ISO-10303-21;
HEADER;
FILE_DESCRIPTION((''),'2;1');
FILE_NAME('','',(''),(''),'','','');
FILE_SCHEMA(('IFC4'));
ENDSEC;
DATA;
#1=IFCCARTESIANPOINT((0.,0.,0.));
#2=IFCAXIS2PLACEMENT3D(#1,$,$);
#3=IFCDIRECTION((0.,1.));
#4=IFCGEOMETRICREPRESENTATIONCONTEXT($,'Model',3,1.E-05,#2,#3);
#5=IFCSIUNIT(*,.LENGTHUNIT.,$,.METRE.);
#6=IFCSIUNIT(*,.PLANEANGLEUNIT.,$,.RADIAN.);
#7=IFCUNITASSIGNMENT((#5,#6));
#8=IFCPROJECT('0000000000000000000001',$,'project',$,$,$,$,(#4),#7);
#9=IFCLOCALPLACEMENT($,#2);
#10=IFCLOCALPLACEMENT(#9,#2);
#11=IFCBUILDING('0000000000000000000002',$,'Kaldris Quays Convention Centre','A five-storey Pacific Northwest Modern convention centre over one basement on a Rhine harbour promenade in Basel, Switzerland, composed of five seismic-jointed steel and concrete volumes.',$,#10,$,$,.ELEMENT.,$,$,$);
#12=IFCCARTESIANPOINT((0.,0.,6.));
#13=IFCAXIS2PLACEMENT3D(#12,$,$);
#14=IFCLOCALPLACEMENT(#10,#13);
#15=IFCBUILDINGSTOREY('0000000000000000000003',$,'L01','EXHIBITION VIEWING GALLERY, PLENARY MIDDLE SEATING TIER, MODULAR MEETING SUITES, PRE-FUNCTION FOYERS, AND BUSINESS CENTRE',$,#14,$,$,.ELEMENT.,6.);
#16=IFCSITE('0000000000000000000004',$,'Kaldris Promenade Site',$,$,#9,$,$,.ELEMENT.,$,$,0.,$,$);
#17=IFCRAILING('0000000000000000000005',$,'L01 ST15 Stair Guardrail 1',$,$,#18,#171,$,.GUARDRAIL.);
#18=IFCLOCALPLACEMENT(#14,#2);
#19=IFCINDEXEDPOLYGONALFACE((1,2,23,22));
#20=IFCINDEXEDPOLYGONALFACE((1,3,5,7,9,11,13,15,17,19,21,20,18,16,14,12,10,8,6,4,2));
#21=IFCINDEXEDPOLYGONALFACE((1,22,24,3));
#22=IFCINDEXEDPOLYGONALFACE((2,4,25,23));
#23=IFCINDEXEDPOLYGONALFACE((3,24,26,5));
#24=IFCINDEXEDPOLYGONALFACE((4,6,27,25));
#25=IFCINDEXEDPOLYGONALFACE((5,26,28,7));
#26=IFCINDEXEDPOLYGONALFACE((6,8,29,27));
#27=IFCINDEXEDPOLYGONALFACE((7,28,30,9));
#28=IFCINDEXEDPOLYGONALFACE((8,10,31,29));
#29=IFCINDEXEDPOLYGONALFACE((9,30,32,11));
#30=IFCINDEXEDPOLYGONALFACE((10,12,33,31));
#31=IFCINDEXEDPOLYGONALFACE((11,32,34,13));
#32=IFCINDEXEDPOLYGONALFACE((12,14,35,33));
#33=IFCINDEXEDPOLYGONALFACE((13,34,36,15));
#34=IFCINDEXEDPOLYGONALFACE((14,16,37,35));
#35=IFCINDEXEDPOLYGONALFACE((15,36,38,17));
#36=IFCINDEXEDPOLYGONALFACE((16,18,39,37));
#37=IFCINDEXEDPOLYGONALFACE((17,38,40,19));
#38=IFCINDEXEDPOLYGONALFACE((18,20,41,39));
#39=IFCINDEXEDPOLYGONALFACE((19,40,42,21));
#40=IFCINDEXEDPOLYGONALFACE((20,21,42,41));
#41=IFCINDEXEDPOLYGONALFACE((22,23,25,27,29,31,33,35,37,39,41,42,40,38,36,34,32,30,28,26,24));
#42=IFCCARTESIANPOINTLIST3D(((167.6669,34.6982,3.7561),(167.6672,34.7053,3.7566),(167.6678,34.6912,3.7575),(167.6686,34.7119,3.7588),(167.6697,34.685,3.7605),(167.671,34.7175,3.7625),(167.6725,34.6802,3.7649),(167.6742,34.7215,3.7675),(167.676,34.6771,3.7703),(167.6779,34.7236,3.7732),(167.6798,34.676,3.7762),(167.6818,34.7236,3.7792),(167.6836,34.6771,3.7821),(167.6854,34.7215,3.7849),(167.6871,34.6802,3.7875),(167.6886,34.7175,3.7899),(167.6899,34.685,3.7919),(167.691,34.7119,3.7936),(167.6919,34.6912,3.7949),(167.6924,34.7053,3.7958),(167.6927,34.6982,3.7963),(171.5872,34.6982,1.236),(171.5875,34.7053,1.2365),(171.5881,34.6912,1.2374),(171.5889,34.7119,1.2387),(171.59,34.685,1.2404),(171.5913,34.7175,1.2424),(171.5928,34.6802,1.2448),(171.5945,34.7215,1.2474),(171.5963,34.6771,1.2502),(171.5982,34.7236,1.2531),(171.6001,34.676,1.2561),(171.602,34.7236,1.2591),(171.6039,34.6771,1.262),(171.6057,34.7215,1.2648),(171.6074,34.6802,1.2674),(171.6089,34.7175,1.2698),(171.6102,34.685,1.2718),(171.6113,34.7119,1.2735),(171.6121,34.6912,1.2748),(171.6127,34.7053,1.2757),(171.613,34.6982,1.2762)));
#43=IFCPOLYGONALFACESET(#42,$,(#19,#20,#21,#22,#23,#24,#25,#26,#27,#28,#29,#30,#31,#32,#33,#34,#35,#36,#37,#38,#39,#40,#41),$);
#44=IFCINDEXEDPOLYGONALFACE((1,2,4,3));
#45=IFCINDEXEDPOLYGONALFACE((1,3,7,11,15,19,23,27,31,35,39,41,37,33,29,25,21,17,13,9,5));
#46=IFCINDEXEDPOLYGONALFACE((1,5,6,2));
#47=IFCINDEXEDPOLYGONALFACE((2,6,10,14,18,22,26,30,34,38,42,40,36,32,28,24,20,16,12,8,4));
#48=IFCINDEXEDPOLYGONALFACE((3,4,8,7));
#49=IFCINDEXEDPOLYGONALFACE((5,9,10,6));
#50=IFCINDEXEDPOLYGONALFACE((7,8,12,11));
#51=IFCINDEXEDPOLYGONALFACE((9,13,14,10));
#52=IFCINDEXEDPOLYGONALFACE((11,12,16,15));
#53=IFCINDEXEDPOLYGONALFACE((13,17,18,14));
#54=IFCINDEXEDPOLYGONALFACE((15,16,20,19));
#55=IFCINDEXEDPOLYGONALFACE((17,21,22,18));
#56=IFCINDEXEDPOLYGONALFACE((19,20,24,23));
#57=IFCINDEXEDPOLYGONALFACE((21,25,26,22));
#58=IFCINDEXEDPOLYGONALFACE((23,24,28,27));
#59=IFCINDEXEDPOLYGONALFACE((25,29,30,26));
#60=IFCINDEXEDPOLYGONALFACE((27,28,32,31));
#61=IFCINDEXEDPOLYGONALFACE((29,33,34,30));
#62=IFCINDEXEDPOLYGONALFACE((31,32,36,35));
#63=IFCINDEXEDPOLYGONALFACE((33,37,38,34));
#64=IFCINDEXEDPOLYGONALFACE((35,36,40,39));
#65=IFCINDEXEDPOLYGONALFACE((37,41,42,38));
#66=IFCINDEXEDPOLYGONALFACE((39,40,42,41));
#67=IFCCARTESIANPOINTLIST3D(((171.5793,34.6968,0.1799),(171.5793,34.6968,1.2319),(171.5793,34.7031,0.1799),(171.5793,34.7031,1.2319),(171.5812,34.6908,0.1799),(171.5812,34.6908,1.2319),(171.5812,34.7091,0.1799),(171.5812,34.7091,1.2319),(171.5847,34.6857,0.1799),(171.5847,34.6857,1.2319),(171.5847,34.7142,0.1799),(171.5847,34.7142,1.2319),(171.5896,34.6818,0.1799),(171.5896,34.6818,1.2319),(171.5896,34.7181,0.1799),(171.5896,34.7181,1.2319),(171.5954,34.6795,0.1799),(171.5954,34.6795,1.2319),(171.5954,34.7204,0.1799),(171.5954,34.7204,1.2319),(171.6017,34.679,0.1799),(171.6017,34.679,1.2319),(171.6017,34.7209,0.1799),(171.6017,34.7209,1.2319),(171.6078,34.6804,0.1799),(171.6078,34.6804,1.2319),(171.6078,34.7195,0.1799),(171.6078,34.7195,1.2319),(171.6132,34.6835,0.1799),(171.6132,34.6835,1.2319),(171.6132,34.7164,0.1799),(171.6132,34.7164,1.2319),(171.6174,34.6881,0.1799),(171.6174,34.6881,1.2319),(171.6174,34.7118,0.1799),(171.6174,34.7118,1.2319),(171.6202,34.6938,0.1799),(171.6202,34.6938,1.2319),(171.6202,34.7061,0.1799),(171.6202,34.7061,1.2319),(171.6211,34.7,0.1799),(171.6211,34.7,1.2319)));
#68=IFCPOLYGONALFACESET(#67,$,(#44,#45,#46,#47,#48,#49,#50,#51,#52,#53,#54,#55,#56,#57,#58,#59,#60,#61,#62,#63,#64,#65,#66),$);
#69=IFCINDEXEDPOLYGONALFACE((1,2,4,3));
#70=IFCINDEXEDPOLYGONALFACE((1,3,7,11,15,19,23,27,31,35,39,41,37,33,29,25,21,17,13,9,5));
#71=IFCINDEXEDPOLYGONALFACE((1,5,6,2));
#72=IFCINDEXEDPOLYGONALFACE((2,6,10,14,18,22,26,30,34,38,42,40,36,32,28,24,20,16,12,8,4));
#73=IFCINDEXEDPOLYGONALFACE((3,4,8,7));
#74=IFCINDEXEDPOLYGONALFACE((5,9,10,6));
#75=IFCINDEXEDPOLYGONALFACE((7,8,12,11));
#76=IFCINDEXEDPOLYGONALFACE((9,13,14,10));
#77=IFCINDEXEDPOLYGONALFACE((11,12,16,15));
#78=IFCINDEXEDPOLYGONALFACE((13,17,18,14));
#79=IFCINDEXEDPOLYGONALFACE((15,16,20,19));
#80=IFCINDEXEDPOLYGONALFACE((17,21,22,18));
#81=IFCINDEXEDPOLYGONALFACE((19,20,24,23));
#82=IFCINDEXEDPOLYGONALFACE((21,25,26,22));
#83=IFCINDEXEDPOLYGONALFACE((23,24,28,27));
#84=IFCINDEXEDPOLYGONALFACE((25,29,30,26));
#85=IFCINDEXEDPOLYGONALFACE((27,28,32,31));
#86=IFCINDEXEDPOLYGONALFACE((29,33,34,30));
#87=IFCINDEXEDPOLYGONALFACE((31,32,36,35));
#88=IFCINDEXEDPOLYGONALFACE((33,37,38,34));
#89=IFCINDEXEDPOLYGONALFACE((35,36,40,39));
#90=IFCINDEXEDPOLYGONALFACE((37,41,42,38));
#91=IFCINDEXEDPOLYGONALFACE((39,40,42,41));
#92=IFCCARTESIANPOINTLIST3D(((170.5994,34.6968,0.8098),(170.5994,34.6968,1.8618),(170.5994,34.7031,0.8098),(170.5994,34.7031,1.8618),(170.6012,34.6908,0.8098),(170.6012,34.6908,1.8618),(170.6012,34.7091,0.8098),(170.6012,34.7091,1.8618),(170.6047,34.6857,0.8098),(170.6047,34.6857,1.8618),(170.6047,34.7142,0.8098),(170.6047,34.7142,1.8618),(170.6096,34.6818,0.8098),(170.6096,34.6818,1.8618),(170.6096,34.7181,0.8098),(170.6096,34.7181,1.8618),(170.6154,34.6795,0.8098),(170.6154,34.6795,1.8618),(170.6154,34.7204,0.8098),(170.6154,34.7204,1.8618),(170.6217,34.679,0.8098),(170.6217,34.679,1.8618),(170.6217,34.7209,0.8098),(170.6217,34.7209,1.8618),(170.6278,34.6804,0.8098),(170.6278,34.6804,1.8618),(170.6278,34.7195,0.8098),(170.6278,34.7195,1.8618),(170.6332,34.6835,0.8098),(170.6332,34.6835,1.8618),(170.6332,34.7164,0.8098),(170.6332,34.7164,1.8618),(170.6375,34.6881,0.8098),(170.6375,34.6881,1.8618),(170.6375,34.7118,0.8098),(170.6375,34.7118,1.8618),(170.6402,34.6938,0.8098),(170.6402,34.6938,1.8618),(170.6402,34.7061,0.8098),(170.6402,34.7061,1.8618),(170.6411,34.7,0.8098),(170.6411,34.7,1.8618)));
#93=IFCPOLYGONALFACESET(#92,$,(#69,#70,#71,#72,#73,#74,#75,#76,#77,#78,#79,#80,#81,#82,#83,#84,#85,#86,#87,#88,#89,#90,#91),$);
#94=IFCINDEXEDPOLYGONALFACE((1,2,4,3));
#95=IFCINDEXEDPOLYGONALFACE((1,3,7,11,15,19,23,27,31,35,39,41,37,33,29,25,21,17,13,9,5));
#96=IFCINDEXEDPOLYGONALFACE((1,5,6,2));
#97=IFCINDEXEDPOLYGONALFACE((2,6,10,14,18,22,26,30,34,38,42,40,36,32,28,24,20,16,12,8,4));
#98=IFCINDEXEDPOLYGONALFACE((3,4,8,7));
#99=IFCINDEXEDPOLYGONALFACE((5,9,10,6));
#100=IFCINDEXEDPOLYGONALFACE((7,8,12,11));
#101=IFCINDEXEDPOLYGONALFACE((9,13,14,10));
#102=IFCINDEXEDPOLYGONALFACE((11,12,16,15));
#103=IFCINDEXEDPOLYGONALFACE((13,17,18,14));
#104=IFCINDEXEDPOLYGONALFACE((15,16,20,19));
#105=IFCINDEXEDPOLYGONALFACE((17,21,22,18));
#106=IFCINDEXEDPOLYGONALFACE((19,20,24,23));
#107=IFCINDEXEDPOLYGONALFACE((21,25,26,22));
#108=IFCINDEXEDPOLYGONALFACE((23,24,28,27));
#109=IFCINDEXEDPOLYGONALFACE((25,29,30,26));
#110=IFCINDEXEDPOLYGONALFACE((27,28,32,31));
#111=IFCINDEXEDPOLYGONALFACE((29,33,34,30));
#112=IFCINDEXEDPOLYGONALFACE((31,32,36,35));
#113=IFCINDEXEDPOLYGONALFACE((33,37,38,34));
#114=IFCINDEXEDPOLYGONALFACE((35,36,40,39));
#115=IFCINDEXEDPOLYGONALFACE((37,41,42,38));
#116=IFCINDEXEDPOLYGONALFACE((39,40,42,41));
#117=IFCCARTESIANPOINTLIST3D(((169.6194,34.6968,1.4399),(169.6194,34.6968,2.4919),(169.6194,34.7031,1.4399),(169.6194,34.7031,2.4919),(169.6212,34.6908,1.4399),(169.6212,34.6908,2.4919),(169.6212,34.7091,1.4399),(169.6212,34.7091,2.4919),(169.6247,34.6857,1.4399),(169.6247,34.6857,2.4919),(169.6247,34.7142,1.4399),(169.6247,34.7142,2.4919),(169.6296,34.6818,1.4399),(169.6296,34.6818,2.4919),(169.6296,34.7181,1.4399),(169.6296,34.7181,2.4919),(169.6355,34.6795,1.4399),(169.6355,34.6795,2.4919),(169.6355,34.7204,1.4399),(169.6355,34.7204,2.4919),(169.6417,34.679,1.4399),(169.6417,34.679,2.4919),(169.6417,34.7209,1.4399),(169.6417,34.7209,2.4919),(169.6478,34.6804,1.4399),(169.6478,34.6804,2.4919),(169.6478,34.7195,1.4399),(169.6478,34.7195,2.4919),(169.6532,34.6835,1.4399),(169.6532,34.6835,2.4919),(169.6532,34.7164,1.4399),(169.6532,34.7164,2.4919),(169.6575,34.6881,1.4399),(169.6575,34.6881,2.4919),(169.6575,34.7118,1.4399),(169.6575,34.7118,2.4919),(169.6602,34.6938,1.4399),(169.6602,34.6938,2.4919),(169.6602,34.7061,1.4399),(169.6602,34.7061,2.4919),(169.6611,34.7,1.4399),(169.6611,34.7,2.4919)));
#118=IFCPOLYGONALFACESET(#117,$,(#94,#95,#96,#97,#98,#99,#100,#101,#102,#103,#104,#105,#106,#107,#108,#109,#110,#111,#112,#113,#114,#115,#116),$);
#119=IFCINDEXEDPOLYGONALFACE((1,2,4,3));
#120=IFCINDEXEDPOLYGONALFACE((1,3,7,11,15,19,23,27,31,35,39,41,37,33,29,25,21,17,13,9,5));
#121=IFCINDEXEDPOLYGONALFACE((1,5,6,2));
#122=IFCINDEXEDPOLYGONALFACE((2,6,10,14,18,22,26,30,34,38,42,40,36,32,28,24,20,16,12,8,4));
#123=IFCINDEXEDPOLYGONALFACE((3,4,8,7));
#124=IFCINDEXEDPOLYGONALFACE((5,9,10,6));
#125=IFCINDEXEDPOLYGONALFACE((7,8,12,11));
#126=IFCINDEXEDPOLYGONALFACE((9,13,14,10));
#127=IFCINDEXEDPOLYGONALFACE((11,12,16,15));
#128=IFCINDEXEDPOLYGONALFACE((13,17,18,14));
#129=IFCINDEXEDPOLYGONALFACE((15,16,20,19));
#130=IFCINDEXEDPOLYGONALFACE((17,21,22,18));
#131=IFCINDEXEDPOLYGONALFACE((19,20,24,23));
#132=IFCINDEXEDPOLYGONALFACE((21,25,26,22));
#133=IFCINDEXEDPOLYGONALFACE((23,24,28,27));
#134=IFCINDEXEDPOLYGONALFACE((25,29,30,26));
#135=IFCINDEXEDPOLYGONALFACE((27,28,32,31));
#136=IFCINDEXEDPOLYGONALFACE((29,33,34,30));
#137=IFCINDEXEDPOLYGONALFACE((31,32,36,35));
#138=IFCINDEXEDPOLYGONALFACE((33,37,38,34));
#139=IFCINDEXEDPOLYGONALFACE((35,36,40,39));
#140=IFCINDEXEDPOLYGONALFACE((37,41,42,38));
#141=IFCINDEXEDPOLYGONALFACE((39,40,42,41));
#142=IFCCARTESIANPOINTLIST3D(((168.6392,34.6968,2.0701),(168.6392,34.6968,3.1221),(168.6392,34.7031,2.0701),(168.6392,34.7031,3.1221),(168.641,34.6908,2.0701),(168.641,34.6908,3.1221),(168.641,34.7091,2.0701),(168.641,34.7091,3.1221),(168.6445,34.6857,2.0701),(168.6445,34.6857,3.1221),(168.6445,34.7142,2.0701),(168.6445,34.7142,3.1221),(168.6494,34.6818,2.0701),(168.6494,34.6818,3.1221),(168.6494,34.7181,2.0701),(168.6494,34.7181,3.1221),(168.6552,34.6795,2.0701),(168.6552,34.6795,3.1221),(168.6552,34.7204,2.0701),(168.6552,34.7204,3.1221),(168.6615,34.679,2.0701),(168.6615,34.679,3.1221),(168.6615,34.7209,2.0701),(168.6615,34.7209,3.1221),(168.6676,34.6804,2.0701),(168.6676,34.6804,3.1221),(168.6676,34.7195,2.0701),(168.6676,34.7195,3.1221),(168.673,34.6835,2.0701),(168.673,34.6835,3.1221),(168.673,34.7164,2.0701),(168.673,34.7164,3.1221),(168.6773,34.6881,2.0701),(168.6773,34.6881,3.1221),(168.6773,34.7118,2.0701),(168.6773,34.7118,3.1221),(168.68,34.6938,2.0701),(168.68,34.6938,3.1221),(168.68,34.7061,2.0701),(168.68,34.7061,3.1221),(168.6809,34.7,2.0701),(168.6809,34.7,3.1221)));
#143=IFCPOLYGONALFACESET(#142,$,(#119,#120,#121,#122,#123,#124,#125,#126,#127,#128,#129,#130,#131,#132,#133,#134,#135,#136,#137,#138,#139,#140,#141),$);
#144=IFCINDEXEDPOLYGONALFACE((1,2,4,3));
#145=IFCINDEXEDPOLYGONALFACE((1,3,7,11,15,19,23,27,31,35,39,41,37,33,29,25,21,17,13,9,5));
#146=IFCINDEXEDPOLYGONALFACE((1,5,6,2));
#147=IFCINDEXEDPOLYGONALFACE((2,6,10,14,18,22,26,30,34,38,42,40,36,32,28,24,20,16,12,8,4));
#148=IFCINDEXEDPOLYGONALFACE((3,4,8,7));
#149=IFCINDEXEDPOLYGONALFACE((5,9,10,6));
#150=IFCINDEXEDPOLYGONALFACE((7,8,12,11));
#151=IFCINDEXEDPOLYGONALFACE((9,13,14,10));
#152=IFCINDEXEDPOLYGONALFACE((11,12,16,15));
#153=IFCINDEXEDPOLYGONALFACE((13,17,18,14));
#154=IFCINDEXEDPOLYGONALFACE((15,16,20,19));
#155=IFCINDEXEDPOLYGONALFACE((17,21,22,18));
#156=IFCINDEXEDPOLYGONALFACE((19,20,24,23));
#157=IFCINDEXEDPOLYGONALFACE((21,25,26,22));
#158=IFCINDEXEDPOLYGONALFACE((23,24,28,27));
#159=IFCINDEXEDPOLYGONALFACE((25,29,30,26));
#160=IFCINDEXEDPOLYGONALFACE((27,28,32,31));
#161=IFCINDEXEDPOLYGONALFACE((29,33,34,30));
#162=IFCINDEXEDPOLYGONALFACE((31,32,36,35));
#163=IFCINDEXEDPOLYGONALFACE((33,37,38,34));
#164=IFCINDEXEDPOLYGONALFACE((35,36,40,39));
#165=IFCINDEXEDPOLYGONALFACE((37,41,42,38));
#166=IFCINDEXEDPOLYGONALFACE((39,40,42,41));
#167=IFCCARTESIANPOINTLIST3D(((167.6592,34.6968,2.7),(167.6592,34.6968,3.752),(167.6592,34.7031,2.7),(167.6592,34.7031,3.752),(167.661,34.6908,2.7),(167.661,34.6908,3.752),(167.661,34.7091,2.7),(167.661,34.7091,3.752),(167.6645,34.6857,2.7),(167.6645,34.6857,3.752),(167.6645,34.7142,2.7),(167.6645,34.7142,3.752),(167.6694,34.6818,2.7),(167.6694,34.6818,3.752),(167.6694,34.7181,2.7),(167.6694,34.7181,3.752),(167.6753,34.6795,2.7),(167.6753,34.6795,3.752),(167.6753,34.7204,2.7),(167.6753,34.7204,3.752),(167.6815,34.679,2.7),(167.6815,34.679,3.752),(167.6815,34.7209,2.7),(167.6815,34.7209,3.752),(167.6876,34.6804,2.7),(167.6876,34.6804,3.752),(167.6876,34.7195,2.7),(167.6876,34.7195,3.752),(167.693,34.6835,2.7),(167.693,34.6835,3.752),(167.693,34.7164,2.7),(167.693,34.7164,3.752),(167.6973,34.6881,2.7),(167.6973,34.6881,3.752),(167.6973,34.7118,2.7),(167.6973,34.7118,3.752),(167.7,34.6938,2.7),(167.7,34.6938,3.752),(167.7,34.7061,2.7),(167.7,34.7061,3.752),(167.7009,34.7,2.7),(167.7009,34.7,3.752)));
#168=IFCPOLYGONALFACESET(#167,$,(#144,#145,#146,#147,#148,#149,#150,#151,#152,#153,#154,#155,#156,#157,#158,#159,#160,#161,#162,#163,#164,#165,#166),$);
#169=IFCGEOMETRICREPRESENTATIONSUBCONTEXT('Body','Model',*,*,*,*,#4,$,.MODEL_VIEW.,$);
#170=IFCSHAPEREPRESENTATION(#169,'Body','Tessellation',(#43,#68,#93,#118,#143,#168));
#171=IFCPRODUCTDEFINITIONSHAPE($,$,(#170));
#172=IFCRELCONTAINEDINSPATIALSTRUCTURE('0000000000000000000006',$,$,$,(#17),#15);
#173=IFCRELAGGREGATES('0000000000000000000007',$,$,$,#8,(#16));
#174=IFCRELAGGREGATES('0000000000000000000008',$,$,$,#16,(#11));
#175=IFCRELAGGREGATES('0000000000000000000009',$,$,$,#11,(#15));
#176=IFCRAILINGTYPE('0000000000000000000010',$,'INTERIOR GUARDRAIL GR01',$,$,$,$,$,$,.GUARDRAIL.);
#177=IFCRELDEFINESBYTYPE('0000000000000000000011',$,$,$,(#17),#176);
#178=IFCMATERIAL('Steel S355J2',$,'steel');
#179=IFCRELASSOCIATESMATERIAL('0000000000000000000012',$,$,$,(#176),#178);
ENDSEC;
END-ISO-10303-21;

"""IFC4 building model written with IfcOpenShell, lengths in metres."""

from ifc_helpers import new_model, si_unit, direction, frame, origin, origin_2d, place, context, subcontext, project, spatial, circle, extrude, material, type_object, element, save


model = new_model("IFC4")

# Units and contexts
model_context = context("Model", 3, precision=1e-05, world=origin(), true_north=direction((0.0, 1.0)))
body_context = subcontext(model_context, "Body", "Model", "MODEL_VIEW")
ifc_project = project(units=[si_unit("LENGTHUNIT", "METRE"), si_unit("PLANEANGLEUNIT", "RADIAN")], contexts=[model_context])

# Site, building, storey
site_placement = place(None, origin())
site = spatial("IfcSite", under=ifc_project, at=site_placement, Name="Kaldris Promenade Site", CompositionType="ELEMENT", RefElevation=0.0)
building_placement = place(site_placement, origin())
building = spatial("IfcBuilding", under=site, at=building_placement, Name="Kaldris Quays Convention Centre", Description="A five-storey Pacific Northwest Modern convention centre over one basement on a Rhine harbour promenade in Basel, Switzerland, composed of five seismic-jointed steel and concrete volumes.", CompositionType="ELEMENT")
storey_placement = place(building_placement, frame((0.0, 0.0, 6.0)))
storey = spatial("IfcBuildingStorey", under=building, at=storey_placement, Name="L01", Description="EXHIBITION VIEWING GALLERY, PLENARY MIDDLE SEATING TIER, MODULAR MEETING SUITES, PRE-FUNCTION FOYERS, AND BUSINESS CENTRE", CompositionType="ELEMENT", Elevation=6.0)

# Shared definitions
ifc_material_1 = material(Name="Steel S355J2", Category="steel")

# Railing
railing_type_1 = type_object("IfcRailingType", Name="INTERIOR GUARDRAIL GR01", PredefinedType="GUARDRAIL", material=ifc_material_1)
railing_1_placement = place(storey_placement, frame((171.6001, 34.7, 0.1799)))
element("IfcRailing", 1, at=railing_1_placement, inside=storey, type_object=railing_type_1, Name="L01 ST15 Stair Guardrail 1", PredefinedType="GUARDRAIL", context=body_context, shape_type="SweptSolid", body=[
    extrude(circle(Radius=0.0239, at=origin_2d()), frame((0.0, 0.0, 1.0762), z_axis=(-0.841187, 0.0, 0.540744), x_axis=(0.0, -1.0, 0.0)), (0.0, 0.0, 1.0), 4.6604),
    extrude(circle(Radius=0.021, at=origin_2d()), origin(), (0.0, 0.0, 1.0), 1.052),
    extrude(circle(Radius=0.021, at=origin_2d()), frame((-0.98, 0.0, 0.6299)), (0.0, 0.0, 1.0), 1.052),
    extrude(circle(Radius=0.021, at=origin_2d()), frame((-1.96, 0.0, 1.26)), (0.0, 0.0, 1.0), 1.052),
    extrude(circle(Radius=0.021, at=origin_2d()), frame((-2.9402, 0.0, 1.8901)), (0.0, 0.0, 1.0), 1.052),
    extrude(circle(Radius=0.021, at=origin_2d()), frame((-3.9202, 0.0, 2.52)), (0.0, 0.0, 1.0), 1.052),
])

save(model, "model.ifc")
